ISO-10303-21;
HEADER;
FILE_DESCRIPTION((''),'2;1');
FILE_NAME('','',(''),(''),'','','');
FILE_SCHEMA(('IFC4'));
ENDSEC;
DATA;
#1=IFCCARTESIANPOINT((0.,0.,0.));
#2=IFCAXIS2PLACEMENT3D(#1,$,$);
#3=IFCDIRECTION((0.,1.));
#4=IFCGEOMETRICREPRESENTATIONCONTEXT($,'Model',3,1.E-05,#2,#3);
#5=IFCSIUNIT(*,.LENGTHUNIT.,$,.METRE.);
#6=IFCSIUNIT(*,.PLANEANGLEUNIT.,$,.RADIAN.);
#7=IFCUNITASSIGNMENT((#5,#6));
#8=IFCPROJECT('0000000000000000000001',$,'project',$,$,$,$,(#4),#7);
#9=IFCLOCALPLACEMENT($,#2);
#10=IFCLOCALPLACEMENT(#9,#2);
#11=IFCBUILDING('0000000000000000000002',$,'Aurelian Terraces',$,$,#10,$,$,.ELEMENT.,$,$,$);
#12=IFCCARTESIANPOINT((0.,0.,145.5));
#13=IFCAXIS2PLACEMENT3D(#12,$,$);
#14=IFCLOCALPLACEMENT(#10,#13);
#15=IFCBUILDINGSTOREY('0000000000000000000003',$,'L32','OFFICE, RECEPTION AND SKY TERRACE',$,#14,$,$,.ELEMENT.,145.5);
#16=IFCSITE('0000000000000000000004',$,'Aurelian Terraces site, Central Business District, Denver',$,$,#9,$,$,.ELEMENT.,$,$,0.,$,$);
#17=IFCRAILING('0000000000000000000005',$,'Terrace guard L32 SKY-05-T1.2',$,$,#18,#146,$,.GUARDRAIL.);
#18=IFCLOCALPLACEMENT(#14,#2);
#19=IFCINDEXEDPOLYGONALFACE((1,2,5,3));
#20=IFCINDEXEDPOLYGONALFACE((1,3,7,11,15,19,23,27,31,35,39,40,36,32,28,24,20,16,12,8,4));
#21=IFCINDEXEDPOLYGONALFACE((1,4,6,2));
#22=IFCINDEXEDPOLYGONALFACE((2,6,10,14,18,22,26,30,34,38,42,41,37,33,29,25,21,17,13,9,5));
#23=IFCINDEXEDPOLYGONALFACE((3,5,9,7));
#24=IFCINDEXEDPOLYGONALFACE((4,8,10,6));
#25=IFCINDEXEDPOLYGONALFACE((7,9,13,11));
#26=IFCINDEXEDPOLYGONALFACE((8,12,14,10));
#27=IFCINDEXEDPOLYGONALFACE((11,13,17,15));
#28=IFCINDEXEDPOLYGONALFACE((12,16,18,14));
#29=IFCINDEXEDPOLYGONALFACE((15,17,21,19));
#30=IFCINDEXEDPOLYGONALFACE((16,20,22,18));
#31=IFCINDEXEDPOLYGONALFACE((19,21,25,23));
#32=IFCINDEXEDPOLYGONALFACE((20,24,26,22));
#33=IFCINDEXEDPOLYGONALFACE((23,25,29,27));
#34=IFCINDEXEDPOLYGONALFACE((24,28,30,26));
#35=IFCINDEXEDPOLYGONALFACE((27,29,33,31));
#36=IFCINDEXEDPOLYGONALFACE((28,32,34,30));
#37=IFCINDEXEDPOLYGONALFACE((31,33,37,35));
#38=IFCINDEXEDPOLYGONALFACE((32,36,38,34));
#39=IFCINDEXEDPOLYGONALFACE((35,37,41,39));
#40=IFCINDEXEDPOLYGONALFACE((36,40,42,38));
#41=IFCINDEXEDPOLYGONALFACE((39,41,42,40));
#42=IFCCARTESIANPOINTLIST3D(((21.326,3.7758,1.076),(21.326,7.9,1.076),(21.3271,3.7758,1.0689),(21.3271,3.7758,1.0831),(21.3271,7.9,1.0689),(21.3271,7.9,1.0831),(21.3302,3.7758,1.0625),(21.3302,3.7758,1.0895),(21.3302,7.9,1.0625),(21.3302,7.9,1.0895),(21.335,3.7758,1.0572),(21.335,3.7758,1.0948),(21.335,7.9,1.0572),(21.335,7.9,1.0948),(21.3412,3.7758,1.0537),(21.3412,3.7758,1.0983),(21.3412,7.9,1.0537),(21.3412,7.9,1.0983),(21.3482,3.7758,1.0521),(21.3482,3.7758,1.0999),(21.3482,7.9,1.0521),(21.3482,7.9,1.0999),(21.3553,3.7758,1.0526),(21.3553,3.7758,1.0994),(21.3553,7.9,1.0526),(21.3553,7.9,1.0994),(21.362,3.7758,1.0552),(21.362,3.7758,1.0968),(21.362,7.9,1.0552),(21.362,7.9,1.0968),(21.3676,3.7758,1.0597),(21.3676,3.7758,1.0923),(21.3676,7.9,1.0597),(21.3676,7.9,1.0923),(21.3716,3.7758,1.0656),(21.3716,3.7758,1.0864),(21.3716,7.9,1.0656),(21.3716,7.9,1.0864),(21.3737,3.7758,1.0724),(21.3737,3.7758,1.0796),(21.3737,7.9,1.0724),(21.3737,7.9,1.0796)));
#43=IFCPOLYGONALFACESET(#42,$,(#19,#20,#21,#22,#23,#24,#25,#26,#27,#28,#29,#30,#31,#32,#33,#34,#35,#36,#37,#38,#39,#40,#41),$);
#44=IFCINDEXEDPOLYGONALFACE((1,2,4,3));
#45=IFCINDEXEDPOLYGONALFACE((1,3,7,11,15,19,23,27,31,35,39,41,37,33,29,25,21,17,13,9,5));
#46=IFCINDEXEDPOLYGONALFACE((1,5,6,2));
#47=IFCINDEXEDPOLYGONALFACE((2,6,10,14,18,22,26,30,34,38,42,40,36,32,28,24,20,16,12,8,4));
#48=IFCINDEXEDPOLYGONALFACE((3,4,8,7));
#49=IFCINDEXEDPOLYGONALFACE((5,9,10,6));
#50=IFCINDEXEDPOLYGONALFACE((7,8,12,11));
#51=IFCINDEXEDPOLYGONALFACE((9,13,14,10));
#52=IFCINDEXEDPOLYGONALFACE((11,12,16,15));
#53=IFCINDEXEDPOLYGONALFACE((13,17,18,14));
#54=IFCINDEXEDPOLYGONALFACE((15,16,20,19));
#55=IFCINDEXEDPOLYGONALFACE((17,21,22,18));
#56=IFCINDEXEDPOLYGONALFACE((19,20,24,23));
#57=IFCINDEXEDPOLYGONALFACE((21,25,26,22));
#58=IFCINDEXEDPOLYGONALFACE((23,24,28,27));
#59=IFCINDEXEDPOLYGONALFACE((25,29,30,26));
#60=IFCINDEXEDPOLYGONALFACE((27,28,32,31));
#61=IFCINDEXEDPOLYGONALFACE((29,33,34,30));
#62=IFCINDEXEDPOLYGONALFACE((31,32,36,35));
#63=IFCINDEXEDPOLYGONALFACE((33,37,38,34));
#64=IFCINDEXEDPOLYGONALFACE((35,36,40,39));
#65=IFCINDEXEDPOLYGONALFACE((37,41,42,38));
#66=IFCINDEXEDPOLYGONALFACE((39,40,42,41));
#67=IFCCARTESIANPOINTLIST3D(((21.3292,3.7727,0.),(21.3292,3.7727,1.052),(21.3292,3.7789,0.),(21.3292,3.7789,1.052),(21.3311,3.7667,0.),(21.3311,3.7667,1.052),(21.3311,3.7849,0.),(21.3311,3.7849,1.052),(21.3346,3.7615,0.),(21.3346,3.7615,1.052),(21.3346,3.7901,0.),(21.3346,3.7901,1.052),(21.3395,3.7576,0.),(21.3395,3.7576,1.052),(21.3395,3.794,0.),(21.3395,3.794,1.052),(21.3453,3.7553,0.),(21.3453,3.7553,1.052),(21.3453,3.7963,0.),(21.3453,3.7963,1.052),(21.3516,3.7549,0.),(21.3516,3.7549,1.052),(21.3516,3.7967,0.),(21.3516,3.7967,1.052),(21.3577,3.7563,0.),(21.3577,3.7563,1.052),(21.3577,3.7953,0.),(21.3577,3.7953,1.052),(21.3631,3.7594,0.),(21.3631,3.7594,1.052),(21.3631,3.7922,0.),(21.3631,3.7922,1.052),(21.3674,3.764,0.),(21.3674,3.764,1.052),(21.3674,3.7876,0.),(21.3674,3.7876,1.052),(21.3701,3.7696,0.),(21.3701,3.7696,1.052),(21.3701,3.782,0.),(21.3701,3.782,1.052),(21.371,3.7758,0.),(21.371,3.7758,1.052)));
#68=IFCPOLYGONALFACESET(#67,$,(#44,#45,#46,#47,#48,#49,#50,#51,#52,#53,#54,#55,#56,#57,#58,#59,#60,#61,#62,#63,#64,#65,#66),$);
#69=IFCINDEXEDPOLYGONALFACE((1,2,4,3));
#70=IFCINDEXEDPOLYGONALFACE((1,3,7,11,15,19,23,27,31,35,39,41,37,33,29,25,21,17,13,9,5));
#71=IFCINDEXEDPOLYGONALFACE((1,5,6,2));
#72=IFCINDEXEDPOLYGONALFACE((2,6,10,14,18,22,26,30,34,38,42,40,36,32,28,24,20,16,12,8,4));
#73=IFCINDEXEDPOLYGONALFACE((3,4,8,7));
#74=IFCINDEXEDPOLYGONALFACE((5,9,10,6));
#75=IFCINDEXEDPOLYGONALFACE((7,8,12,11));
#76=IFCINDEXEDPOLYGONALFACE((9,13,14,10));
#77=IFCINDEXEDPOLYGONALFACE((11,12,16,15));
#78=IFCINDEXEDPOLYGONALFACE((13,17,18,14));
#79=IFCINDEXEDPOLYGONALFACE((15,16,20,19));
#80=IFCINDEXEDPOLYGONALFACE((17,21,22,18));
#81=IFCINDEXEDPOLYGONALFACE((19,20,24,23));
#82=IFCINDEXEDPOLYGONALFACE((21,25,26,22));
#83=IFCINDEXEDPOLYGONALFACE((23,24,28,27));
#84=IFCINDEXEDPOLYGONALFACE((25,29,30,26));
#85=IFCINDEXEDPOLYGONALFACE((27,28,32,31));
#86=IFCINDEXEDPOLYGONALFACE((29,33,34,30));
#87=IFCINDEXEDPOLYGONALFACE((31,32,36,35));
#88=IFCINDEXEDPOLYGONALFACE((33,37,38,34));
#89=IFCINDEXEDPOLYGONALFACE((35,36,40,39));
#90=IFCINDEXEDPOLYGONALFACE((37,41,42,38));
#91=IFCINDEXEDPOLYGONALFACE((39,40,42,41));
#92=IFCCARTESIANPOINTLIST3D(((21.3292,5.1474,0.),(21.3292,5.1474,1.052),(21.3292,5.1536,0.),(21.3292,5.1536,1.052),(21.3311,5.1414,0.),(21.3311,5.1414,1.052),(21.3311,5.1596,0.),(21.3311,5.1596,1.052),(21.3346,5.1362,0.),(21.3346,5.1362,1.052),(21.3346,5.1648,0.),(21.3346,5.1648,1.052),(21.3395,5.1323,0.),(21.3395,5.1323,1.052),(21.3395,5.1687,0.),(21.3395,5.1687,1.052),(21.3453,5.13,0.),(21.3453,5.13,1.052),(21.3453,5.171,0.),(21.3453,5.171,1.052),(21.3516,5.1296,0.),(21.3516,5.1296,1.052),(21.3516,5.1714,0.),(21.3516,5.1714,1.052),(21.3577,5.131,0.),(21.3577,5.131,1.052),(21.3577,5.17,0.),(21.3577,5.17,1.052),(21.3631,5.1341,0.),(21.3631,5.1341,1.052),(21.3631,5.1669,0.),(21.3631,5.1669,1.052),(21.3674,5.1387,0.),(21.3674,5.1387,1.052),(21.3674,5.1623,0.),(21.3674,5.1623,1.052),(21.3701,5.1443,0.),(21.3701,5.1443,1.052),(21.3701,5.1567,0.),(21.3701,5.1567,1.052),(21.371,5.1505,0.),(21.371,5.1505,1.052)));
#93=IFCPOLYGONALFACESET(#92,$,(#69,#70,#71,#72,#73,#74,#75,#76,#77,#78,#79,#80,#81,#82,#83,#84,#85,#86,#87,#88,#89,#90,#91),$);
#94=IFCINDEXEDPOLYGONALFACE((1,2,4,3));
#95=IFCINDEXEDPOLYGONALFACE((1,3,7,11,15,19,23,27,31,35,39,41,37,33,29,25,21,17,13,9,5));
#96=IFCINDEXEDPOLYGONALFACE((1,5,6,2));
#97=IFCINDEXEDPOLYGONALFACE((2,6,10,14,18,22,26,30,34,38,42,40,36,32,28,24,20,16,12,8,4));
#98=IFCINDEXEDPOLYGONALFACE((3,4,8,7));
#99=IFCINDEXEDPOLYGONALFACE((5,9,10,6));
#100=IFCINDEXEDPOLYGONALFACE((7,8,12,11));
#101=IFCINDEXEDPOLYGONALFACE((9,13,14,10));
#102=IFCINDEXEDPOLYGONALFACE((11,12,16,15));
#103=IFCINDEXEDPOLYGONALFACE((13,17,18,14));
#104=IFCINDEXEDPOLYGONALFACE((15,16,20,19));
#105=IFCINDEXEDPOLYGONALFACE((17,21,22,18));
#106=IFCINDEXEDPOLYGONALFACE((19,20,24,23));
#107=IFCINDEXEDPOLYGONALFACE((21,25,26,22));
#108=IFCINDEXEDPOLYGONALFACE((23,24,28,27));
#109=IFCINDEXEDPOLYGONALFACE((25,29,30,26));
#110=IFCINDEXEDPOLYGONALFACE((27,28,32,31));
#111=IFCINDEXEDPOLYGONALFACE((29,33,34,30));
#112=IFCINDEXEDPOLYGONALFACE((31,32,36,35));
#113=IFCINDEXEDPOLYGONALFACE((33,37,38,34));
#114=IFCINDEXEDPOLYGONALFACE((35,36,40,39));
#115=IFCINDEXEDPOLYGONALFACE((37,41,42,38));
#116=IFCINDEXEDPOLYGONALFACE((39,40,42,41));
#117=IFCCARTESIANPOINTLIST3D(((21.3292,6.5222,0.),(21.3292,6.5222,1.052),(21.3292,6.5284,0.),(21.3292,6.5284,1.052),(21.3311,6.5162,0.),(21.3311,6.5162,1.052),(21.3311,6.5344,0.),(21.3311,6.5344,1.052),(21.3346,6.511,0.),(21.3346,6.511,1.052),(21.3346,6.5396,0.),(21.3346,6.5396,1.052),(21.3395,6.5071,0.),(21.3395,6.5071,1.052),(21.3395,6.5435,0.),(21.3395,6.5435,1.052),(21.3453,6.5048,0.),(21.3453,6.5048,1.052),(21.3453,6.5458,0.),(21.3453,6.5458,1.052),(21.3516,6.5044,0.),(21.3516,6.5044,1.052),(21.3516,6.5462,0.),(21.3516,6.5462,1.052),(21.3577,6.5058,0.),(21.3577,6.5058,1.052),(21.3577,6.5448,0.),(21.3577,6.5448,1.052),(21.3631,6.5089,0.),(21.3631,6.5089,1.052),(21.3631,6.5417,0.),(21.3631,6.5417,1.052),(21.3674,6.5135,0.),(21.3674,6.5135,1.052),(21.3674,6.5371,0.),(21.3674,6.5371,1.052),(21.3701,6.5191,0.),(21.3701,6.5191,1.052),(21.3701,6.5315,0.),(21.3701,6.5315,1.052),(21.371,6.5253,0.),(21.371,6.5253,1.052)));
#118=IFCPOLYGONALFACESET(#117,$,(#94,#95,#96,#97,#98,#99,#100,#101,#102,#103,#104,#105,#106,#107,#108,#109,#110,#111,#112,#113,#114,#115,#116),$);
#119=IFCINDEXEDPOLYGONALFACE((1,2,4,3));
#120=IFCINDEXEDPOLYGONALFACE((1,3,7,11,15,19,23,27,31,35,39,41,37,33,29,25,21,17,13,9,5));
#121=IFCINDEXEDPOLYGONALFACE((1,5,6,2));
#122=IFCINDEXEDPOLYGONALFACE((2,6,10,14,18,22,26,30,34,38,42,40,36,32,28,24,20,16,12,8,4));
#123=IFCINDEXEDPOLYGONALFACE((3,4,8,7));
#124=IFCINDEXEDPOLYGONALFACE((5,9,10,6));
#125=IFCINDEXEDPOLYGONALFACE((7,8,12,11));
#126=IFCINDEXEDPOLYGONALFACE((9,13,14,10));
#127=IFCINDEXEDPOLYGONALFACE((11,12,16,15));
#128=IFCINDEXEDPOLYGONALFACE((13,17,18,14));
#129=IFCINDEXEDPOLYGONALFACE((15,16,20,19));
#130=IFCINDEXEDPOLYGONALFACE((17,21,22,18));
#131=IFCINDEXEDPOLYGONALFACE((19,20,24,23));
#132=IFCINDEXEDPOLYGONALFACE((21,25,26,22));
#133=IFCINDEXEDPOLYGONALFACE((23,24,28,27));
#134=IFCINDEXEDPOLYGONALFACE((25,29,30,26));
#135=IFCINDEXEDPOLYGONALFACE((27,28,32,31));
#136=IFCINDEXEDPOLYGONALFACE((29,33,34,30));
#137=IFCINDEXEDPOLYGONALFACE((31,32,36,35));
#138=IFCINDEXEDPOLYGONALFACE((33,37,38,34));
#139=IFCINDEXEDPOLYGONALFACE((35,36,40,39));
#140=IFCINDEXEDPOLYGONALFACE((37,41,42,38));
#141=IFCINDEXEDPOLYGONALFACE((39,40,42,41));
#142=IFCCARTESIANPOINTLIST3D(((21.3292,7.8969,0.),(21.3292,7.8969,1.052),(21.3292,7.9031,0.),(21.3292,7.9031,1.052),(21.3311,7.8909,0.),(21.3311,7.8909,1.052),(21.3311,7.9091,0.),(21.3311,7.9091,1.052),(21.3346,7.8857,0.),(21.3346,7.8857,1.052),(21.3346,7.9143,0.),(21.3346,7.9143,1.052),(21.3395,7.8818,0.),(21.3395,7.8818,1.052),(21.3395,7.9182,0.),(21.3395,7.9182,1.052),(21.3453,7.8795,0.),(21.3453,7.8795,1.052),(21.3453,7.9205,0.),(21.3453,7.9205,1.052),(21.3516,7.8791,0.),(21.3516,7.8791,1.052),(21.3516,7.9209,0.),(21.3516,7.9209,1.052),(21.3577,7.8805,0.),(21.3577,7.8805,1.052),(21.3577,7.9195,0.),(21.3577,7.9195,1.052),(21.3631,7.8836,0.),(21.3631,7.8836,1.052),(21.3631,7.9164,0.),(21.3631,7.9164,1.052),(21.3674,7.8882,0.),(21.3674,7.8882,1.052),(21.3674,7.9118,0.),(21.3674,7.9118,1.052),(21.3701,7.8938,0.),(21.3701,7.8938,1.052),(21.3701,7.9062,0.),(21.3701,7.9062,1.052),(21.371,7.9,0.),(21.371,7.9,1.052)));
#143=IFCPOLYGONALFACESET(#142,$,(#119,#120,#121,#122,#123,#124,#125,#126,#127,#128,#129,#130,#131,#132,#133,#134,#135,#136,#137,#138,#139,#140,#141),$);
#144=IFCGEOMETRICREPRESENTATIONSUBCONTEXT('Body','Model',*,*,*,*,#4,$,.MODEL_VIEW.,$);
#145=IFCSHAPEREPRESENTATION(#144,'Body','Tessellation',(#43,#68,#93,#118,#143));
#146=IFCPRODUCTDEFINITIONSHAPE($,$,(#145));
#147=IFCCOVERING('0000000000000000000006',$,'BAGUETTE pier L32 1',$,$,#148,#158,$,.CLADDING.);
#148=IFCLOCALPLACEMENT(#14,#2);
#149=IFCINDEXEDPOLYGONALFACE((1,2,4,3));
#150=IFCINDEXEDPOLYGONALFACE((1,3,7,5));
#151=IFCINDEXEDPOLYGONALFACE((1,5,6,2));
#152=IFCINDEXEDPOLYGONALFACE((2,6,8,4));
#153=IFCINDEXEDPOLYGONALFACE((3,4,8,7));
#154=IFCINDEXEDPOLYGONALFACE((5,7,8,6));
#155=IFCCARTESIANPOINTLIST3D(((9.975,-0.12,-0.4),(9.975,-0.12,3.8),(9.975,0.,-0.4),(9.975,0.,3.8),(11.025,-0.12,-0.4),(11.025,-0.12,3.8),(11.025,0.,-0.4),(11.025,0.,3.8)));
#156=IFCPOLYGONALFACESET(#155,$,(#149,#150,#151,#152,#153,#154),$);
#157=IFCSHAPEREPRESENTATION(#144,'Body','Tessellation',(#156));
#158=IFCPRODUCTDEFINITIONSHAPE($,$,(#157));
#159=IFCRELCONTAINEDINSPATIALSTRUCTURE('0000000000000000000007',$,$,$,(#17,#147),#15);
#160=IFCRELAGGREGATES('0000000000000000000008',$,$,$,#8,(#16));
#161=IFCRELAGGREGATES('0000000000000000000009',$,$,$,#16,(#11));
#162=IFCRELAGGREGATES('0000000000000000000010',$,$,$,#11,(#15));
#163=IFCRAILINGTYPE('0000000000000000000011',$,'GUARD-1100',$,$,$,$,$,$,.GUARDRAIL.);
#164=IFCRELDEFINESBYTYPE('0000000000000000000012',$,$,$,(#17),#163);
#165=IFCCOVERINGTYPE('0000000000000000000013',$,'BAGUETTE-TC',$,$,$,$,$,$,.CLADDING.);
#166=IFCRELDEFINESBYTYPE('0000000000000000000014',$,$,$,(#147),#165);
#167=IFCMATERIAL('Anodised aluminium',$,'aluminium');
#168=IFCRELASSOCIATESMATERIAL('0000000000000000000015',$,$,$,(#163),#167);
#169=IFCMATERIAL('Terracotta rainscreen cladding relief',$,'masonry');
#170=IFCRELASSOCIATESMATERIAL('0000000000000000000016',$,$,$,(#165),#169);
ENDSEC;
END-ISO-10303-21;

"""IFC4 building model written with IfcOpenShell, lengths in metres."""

from ifc_helpers import new_model, si_unit, direction, frame, origin, origin_2d, place, context, subcontext, project, spatial, rectangle, circle, extrude, source, transform, mapped, material, type_object, element, save


model = new_model("IFC4")

# Units and contexts
model_context = context("Model", 3, precision=1e-05, world=origin(), true_north=direction((0.0, 1.0)))
body_context = subcontext(model_context, "Body", "Model", "MODEL_VIEW")
ifc_project = project(units=[si_unit("LENGTHUNIT", "METRE"), si_unit("PLANEANGLEUNIT", "RADIAN")], contexts=[model_context])

# Site, building, storey
site_placement = place(None, origin())
site = spatial("IfcSite", under=ifc_project, at=site_placement, Name="Aurelian Terraces site, Central Business District, Denver", CompositionType="ELEMENT", RefElevation=0.0)
building_placement = place(site_placement, origin())
building = spatial("IfcBuilding", under=site, at=building_placement, Name="Aurelian Terraces", CompositionType="ELEMENT")
storey_placement = place(building_placement, frame((0.0, 0.0, 145.5)))
storey = spatial("IfcBuildingStorey", under=building, at=storey_placement, Name="L32", Description="OFFICE, RECEPTION AND SKY TERRACE", CompositionType="ELEMENT", Elevation=145.5)

# Railing
ifc_material_1 = material(Name="Anodised aluminium", Category="aluminium")
railing_type = type_object("IfcRailingType", Name="GUARD-1100", PredefinedType="GUARDRAIL", material=ifc_material_1)
shared_shape_1 = source(origin(), body_context, "Body", "SweptSolid", [
    extrude(circle(Radius=0.024, at=origin_2d()), frame((0.0, 0.0, 1.076), z_axis=(0.0, 1.0, 0.0), x_axis=(-1.0, 0.0, 0.0)), (0.0, 0.0, 1.0), 4.1242),
    extrude(circle(Radius=0.021, at=origin_2d()), origin(), (0.0, 0.0, 1.0), 1.052),
    extrude(circle(Radius=0.021, at=origin_2d()), frame((0.0, 1.3747, 0.0)), (0.0, 0.0, 1.0), 1.052),
    extrude(circle(Radius=0.021, at=origin_2d()), frame((0.0, 2.7495, 0.0)), (0.0, 0.0, 1.0), 1.052),
    extrude(circle(Radius=0.021, at=origin_2d()), frame((0.0, 4.1242, 0.0)), (0.0, 0.0, 1.0), 1.052),
])
railing_1_placement = place(storey_placement, frame((21.35, 3.7758, 0.0)))
element("IfcRailing", 1, at=railing_1_placement, inside=storey, type_object=railing_type, Name="Terrace guard L32 SKY-05-T1.2", PredefinedType="GUARDRAIL", context=body_context, shape_type="MappedRepresentation", body=[
    mapped(shared_shape_1, transform((0.0, 0.0, 0.0), scale=1.0)),
])

# Covering
ifc_material_2 = material(Name="Terracotta rainscreen cladding relief", Category="masonry")
covering_type = type_object("IfcCoveringType", Name="BAGUETTE-TC", PredefinedType="CLADDING", material=ifc_material_2)
shared_shape_2 = source(origin(), body_context, "Body", "SweptSolid", [
    extrude(rectangle(XDim=1.05, YDim=0.12, at=origin_2d()), origin(), (0.0, 0.0, 1.0), 4.2),
])
covering_placement = place(storey_placement, frame((10.5, -0.06, -0.4), z_axis=(0.0, 0.0, 1.0), x_axis=(1.0, 0.0, 0.0)))
element("IfcCovering", 2, at=covering_placement, inside=storey, type_object=covering_type, Name="BAGUETTE pier L32 1", PredefinedType="CLADDING", context=body_context, shape_type="MappedRepresentation", body=[
    mapped(shared_shape_2, transform((0.0, 0.0, 0.0), scale=1.0)),
])

save(model, "model.ifc")
